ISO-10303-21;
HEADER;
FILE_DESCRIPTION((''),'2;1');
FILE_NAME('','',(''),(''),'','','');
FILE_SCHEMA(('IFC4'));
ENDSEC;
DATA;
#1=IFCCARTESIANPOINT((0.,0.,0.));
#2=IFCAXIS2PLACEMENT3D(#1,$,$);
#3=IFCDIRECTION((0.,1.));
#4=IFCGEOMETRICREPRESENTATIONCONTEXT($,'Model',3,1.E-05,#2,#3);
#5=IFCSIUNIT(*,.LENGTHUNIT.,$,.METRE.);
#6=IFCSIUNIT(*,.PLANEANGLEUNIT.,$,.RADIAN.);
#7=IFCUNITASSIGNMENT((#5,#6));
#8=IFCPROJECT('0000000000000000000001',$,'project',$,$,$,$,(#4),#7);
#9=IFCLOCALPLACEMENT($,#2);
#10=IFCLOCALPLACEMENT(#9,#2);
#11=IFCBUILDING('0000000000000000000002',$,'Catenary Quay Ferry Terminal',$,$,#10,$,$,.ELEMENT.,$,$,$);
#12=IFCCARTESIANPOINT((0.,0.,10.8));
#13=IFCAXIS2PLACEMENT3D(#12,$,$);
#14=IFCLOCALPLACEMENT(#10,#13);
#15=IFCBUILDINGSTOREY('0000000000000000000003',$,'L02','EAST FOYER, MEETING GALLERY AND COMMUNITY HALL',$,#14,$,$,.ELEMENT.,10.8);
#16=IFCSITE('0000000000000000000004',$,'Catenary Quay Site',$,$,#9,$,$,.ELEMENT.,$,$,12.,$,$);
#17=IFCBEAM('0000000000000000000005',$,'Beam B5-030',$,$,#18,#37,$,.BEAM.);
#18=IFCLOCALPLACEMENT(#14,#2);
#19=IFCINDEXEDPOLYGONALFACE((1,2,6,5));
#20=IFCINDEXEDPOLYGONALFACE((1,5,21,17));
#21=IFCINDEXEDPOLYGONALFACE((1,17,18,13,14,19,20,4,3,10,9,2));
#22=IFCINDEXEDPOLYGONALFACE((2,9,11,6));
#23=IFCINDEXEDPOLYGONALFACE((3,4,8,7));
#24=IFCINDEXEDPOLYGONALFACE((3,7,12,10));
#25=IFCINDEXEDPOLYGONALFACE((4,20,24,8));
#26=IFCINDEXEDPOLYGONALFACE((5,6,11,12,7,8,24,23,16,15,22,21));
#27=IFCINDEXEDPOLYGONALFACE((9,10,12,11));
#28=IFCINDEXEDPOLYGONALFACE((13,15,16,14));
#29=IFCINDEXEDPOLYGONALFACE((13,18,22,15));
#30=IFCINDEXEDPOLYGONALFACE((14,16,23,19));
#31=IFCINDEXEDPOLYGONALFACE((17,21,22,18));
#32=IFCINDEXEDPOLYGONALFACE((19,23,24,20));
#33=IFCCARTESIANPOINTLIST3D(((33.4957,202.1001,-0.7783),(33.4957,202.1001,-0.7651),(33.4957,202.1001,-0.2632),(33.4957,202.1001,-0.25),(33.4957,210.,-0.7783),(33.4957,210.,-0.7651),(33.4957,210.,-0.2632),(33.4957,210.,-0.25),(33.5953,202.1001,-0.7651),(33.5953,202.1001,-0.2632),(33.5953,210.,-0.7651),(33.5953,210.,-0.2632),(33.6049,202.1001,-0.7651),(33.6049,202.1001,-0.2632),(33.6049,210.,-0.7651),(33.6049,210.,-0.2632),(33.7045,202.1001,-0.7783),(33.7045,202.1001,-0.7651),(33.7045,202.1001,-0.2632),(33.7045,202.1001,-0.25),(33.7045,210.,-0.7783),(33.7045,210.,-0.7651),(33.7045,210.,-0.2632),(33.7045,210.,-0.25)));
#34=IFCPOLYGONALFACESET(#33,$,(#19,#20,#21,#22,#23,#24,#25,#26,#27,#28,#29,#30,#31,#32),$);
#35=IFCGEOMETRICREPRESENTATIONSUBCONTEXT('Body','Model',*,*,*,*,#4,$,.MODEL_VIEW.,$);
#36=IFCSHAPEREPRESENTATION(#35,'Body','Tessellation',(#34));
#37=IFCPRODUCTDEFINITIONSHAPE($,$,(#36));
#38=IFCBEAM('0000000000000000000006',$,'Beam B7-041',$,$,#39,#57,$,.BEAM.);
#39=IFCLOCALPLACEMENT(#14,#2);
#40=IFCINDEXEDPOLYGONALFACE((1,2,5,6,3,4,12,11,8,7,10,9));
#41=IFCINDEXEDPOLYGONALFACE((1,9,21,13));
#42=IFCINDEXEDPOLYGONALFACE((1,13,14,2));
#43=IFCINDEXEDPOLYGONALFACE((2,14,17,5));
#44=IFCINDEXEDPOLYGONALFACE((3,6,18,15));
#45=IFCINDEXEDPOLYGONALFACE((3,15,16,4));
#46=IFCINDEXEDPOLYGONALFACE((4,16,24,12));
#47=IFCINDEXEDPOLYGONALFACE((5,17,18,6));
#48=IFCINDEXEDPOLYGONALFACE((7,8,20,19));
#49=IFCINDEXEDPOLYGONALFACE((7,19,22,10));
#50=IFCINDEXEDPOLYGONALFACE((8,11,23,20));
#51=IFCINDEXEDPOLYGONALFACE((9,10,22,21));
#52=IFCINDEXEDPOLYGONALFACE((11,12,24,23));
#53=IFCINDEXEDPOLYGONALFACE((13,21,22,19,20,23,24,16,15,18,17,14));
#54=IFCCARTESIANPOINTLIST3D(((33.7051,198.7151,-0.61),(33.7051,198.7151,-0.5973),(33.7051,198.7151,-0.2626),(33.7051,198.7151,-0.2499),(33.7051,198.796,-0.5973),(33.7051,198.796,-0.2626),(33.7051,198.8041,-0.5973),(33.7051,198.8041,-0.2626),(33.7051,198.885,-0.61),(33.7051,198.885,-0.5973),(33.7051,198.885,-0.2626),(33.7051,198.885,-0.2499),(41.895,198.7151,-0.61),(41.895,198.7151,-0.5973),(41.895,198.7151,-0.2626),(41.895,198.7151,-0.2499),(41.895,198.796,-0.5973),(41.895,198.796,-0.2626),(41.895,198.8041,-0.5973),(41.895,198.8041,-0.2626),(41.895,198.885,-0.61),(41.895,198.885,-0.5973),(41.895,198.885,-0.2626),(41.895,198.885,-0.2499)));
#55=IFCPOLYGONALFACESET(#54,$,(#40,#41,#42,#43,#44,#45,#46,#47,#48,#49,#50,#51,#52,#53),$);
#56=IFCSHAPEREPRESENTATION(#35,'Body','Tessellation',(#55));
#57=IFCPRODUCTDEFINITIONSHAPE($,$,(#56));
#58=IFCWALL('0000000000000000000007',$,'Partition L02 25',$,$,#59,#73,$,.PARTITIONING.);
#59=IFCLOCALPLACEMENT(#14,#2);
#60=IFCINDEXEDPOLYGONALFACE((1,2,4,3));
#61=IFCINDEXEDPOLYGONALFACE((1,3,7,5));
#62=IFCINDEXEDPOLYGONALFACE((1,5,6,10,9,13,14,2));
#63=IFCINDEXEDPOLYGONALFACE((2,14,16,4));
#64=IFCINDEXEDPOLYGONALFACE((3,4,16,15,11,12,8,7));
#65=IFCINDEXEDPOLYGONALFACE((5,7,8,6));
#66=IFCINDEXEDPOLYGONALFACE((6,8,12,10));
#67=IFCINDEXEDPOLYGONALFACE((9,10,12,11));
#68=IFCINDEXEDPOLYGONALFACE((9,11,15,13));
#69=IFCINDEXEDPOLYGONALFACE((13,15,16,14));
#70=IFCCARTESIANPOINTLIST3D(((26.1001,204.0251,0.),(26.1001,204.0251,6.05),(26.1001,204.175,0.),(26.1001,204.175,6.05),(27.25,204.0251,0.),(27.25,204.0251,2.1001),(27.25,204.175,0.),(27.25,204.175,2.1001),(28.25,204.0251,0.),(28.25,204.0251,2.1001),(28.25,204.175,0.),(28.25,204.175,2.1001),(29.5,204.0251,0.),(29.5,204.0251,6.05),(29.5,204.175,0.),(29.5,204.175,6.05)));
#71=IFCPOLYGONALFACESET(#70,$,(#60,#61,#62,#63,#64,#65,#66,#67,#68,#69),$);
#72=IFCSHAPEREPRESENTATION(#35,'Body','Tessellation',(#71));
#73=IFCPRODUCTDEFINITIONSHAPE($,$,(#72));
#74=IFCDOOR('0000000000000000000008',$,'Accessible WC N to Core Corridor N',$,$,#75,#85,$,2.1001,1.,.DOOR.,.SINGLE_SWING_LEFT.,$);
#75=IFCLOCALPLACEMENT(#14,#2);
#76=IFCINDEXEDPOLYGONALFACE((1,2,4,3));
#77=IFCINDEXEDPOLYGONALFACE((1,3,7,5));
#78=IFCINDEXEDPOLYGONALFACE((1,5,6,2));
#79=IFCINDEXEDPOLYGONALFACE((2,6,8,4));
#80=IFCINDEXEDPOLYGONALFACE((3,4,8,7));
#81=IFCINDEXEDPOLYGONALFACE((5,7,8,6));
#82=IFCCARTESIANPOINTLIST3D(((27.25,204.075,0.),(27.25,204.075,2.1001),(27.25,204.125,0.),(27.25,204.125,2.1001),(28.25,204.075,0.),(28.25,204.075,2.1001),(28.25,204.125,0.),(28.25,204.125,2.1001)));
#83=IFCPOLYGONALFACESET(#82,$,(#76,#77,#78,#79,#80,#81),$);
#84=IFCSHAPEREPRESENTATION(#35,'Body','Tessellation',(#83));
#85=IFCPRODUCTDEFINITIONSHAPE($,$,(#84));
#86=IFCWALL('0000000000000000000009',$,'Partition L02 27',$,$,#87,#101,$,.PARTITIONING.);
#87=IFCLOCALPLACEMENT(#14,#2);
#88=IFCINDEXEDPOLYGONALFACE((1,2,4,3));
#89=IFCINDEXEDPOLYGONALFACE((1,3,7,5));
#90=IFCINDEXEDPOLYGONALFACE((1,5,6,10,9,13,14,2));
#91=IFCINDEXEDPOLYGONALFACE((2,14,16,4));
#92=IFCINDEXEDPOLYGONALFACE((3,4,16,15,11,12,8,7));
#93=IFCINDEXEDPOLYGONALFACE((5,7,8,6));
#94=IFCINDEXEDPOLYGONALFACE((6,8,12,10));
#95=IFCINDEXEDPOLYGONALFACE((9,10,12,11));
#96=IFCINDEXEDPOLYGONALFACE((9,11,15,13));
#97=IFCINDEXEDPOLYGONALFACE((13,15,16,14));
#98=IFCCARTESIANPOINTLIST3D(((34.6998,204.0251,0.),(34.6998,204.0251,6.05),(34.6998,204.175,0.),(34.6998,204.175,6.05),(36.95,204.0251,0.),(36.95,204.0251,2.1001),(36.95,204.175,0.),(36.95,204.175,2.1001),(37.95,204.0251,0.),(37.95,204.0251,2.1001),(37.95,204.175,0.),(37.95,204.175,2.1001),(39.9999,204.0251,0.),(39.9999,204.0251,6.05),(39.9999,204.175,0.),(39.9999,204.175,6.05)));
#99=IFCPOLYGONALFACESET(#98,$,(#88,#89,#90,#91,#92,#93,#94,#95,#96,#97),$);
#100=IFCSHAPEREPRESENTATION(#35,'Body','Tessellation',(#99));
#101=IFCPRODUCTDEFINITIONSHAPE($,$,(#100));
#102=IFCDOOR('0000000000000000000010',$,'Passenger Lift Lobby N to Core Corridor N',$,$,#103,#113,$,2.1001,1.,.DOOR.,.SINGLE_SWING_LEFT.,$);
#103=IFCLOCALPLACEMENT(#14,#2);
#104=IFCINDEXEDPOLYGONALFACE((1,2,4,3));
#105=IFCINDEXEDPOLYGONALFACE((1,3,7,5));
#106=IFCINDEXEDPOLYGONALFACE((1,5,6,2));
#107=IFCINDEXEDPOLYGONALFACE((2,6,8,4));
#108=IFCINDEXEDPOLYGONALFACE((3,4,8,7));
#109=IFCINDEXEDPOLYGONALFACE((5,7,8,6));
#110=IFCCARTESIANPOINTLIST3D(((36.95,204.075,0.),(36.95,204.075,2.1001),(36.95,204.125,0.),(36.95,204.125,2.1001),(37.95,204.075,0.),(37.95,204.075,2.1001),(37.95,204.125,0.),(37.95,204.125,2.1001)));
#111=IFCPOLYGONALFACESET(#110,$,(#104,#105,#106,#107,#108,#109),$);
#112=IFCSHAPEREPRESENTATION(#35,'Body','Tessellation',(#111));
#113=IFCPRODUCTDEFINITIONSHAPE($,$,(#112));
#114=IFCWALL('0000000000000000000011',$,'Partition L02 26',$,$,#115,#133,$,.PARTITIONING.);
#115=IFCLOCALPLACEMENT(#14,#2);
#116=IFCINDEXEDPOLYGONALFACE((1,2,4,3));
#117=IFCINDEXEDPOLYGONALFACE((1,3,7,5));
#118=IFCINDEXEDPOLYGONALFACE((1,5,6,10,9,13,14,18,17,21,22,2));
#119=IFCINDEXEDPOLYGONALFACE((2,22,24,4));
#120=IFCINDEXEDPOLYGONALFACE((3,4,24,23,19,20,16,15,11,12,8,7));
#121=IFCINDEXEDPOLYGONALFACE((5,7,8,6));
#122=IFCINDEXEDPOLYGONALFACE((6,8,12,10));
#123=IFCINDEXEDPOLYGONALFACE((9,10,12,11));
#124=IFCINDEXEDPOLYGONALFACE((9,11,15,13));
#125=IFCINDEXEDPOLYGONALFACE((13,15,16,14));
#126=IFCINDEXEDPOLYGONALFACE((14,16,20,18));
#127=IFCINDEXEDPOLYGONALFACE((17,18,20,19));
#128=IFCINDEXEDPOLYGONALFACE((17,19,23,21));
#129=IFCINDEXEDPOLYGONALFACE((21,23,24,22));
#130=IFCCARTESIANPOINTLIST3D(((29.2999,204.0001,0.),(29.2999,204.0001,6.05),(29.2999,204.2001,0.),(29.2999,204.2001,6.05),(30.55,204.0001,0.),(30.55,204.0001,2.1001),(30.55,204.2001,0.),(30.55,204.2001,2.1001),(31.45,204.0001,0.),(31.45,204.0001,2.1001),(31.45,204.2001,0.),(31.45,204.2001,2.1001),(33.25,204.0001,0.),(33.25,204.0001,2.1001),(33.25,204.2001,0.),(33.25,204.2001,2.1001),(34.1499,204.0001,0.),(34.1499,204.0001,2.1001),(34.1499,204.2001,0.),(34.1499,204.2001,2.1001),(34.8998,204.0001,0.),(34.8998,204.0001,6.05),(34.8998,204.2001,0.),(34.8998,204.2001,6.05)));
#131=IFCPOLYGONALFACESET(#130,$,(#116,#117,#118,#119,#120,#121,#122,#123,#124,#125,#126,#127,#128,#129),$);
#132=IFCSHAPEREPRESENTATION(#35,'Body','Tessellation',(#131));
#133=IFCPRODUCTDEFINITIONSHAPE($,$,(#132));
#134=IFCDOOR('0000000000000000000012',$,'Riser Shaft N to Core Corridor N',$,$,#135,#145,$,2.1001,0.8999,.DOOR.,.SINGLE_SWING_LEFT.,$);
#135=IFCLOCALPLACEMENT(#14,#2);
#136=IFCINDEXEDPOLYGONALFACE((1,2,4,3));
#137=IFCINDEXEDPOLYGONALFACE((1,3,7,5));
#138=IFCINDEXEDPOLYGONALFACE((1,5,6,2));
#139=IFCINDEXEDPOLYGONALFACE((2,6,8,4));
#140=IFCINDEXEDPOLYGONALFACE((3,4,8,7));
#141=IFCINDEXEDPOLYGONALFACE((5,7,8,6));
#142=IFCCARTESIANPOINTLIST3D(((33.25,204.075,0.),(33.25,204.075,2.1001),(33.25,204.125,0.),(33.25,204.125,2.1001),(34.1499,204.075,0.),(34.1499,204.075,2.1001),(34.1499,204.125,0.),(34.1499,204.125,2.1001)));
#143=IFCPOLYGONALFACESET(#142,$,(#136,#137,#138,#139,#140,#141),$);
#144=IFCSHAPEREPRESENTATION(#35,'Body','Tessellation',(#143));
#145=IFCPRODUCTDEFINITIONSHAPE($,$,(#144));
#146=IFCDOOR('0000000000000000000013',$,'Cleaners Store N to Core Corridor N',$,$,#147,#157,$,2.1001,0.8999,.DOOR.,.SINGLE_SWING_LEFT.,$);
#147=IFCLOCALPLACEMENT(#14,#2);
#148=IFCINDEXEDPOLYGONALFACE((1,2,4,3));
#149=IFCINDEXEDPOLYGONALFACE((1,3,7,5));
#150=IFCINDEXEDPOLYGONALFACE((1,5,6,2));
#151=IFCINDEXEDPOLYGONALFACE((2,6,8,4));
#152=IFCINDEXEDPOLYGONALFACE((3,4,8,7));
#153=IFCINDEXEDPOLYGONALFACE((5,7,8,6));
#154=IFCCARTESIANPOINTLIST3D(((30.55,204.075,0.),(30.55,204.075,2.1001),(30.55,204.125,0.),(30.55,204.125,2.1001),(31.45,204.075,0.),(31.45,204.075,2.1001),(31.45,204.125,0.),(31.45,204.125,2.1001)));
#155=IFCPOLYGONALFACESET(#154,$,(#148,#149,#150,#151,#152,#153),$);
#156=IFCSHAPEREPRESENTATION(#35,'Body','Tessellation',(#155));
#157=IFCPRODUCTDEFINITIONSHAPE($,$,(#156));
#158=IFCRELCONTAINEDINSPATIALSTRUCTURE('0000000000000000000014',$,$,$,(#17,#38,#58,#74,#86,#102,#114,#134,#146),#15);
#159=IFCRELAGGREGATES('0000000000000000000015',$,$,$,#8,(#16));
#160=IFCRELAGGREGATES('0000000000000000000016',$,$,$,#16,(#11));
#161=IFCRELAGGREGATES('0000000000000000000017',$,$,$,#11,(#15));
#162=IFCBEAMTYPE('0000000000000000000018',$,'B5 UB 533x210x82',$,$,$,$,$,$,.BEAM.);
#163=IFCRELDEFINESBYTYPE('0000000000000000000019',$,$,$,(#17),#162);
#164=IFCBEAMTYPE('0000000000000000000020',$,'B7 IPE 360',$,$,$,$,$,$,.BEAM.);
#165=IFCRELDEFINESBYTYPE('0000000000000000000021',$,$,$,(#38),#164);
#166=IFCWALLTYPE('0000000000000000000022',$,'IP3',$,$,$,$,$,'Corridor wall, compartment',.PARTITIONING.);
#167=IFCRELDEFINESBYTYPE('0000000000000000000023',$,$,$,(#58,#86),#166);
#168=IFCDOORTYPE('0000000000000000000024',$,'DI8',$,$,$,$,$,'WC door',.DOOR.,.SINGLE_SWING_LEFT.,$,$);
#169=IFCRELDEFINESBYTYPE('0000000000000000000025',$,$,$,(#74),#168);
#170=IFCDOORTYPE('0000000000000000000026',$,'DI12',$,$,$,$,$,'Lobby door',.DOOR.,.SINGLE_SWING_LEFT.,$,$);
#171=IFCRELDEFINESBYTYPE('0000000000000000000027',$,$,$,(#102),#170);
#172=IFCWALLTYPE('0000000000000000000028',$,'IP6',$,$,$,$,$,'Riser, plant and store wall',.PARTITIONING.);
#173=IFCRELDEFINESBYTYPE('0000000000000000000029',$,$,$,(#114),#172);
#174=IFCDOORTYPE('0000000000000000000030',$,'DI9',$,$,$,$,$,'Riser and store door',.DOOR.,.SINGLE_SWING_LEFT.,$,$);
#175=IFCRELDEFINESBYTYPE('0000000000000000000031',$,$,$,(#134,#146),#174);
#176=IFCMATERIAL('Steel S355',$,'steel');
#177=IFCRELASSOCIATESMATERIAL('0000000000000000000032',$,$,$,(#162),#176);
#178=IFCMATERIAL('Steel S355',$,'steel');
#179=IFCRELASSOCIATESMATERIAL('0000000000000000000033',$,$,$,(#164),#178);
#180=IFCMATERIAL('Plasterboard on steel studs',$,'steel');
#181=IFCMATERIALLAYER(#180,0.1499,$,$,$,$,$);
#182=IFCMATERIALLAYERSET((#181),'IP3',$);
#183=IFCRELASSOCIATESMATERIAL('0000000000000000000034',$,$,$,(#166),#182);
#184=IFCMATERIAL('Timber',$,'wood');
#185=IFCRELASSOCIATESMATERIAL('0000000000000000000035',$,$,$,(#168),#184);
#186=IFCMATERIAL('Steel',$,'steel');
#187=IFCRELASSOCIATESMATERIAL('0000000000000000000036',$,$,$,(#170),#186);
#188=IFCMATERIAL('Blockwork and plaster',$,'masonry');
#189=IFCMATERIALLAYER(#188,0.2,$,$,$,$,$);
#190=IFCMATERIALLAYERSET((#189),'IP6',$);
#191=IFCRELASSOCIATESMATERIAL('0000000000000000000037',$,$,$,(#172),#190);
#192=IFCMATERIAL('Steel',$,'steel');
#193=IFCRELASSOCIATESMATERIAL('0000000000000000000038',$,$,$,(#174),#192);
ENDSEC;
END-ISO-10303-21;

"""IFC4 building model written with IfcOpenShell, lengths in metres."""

from ifc_helpers import new_model, si_unit, direction, frame, frame_2d, origin, origin_2d, place, context, subcontext, project, spatial, rectangle, i_section, extrude, material, layer, layer_set, material_profile, profile_set, type_object, element, fill, save


model = new_model("IFC4")

# Units and contexts
model_context = context("Model", 3, precision=1e-05, world=origin(), true_north=direction((0.0, 1.0)))
body_context = subcontext(model_context, "Body", "Model", "MODEL_VIEW")
ifc_project = project(units=[si_unit("LENGTHUNIT", "METRE"), si_unit("PLANEANGLEUNIT", "RADIAN")], contexts=[model_context])

# Site, building, storey
site_placement = place(None, origin())
site = spatial("IfcSite", under=ifc_project, at=site_placement, Name="Catenary Quay Site", CompositionType="ELEMENT", RefElevation=12.0)
building_placement = place(site_placement, origin())
building = spatial("IfcBuilding", under=site, at=building_placement, Name="Catenary Quay Ferry Terminal", CompositionType="ELEMENT")
storey_placement = place(building_placement, frame((0.0, 0.0, 10.8)))
storey = spatial("IfcBuildingStorey", under=building, at=storey_placement, Name="L02", Description="EAST FOYER, MEETING GALLERY AND COMMUNITY HALL", CompositionType="ELEMENT", Elevation=10.8)

# Beams
ifc_material_1 = material(Name="Steel S355", Category="steel")
ifc_material_profile_1 = material_profile(ifc_material_1, i_section(OverallWidth=0.2087, OverallDepth=0.5283, WebThickness=0.0095, FlangeThickness=0.0132, at=origin_2d()), Name="UB 533x210x82")
ifc_profile_set_1 = profile_set([ifc_material_profile_1], Name="Steel S355")
beam_type_1 = type_object("IfcBeamType", Name="B5 UB 533x210x82", PredefinedType="BEAM", material=ifc_profile_set_1)
beam_1_placement = place(storey_placement, frame((33.6001, 202.1001, -0.5142), z_axis=(0.0, 1.0, 0.0), x_axis=(-1.0, 0.0, 0.0)))
element("IfcBeam", 1, at=beam_1_placement, inside=storey, type_object=beam_type_1, Name="Beam B5-030", PredefinedType="BEAM", context=body_context, shape_type="SweptSolid", body=[
    extrude(i_section(OverallWidth=0.2087, OverallDepth=0.5283, WebThickness=0.0095, FlangeThickness=0.0132, at=origin_2d()), origin(), (0.0, 0.0, 1.0), 7.8999),
])
ifc_material_2 = material(Name="Steel S355", Category="steel")
ifc_material_profile_2 = material_profile(ifc_material_2, i_section(OverallWidth=0.1699, OverallDepth=0.3601, WebThickness=0.0081, FlangeThickness=0.0127, at=origin_2d()), Name="IPE 360")
ifc_profile_set_2 = profile_set([ifc_material_profile_2], Name="Steel S355")
beam_type_2 = type_object("IfcBeamType", Name="B7 IPE 360", PredefinedType="BEAM", material=ifc_profile_set_2)
beam_2_placement = place(storey_placement, frame((33.7051, 198.8, -0.4299), z_axis=(1.0, 0.0, 0.0), x_axis=(0.0, 1.0, 0.0)))
element("IfcBeam", 2, at=beam_2_placement, inside=storey, type_object=beam_type_2, Name="Beam B7-041", PredefinedType="BEAM", context=body_context, shape_type="SweptSolid", body=[
    extrude(i_section(OverallWidth=0.1699, OverallDepth=0.3601, WebThickness=0.0081, FlangeThickness=0.0127, at=origin_2d()), origin(), (0.0, 0.0, 1.0), 8.1899),
])

# Walls, openings, doors
ifc_material_3 = material(Name="Plasterboard on steel studs", Category="steel")
ifc_layer_1 = layer(ifc_material_3, 0.1499)
ifc_layer_set_1 = layer_set([ifc_layer_1], Name="IP3")
wall_type_1 = type_object("IfcWallType", Name="IP3", ElementType="Corridor wall, compartment", PredefinedType="PARTITIONING", material=ifc_layer_set_1)
wall_1_placement = place(storey_placement, frame((26.1001, 204.1001, 0.0), z_axis=(0.0, 0.0, 1.0), x_axis=(1.0, 0.0, 0.0)))
wall_1 = element("IfcWall", 3, at=wall_1_placement, inside=storey, type_object=wall_type_1, Name="Partition L02 25", PredefinedType="PARTITIONING", context=body_context, shape_type="SweptSolid", body=[
    extrude(rectangle(XDim=3.3999, YDim=0.1499, at=frame_2d((1.7, 0.0))), origin(), (0.0, 0.0, 1.0), 6.05),
])
opening_1_placement = place(wall_1_placement, frame((1.1499, 0.0, 0.0)))
opening_1 = element("IfcOpeningElement", 4, at=opening_1_placement, cuts=wall_1, PredefinedType="OPENING", context=body_context, shape_type="SweptSolid", body=[
    extrude(rectangle(XDim=1.0, YDim=2.1001, at=frame_2d((0.5, 1.05))), frame((0.0, 0.085, 0.0), z_axis=(0.0, -1.0, 0.0), x_axis=(1.0, 0.0, 0.0)), (0.0, 0.0, 1.0), 0.1699),
])
ifc_material_4 = material(Name="Timber", Category="wood")
door_type_1 = type_object("IfcDoorType", Name="DI8", ElementType="WC door", OperationType="SINGLE_SWING_LEFT", PredefinedType="DOOR", material=ifc_material_4)
door_1_placement = place(opening_1_placement, origin())
door_1 = element("IfcDoor", 5, at=door_1_placement, inside=storey, type_object=door_type_1, Name="Accessible WC N to Core Corridor N", OperationType="SINGLE_SWING_LEFT", OverallHeight=2.1001, OverallWidth=1.0, PredefinedType="DOOR", context=body_context, shape_type="SweptSolid", body=[
    extrude(rectangle(XDim=1.0, YDim=2.1001, at=frame_2d((0.5, 1.05))), frame((0.0, 0.0249, 0.0), z_axis=(0.0, -1.0, 0.0), x_axis=(1.0, 0.0, 0.0)), (0.0, 0.0, 1.0), 0.05),
])
fill(opening_1, door_1)
wall_2_placement = place(storey_placement, frame((34.7, 204.1001, 0.0), z_axis=(0.0, 0.0, 1.0), x_axis=(1.0, 0.0, 0.0)))
wall_2 = element("IfcWall", 6, at=wall_2_placement, inside=storey, type_object=wall_type_1, Name="Partition L02 27", PredefinedType="PARTITIONING", context=body_context, shape_type="SweptSolid", body=[
    extrude(rectangle(XDim=5.3, YDim=0.1499, at=frame_2d((2.6499, 0.0))), origin(), (0.0, 0.0, 1.0), 6.05),
])
opening_2_placement = place(wall_2_placement, frame((2.25, 0.0, 0.0)))
opening_2 = element("IfcOpeningElement", 7, at=opening_2_placement, cuts=wall_2, PredefinedType="OPENING", context=body_context, shape_type="SweptSolid", body=[
    extrude(rectangle(XDim=1.0, YDim=2.1001, at=frame_2d((0.5, 1.05))), frame((0.0, 0.085, 0.0), z_axis=(0.0, -1.0, 0.0), x_axis=(1.0, 0.0, 0.0)), (0.0, 0.0, 1.0), 0.1699),
])
ifc_material_5 = material(Name="Steel", Category="steel")
door_type_2 = type_object("IfcDoorType", Name="DI12", ElementType="Lobby door", OperationType="SINGLE_SWING_LEFT", PredefinedType="DOOR", material=ifc_material_5)
door_2_placement = place(opening_2_placement, origin())
door_2 = element("IfcDoor", 8, at=door_2_placement, inside=storey, type_object=door_type_2, Name="Passenger Lift Lobby N to Core Corridor N", OperationType="SINGLE_SWING_LEFT", OverallHeight=2.1001, OverallWidth=1.0, PredefinedType="DOOR", context=body_context, shape_type="SweptSolid", body=[
    extrude(rectangle(XDim=1.0, YDim=2.1001, at=frame_2d((0.5, 1.05))), frame((0.0, 0.0249, 0.0), z_axis=(0.0, -1.0, 0.0), x_axis=(1.0, 0.0, 0.0)), (0.0, 0.0, 1.0), 0.05),
])
fill(opening_2, door_2)

# Wall, openings, doors
ifc_material_6 = material(Name="Blockwork and plaster", Category="masonry")
ifc_layer_2 = layer(ifc_material_6, 0.2)
ifc_layer_set_2 = layer_set([ifc_layer_2], Name="IP6")
wall_type_2 = type_object("IfcWallType", Name="IP6", ElementType="Riser, plant and store wall", PredefinedType="PARTITIONING", material=ifc_layer_set_2)
wall_3_placement = place(storey_placement, frame((29.3, 204.1001, 0.0), z_axis=(0.0, 0.0, 1.0), x_axis=(1.0, 0.0, 0.0)))
wall_3 = element("IfcWall", 9, at=wall_3_placement, inside=storey, type_object=wall_type_2, Name="Partition L02 26", PredefinedType="PARTITIONING", context=body_context, shape_type="SweptSolid", body=[
    extrude(rectangle(XDim=5.5999, YDim=0.2, at=frame_2d((2.7998, 0.0))), origin(), (0.0, 0.0, 1.0), 6.05),
])
opening_3_placement = place(wall_3_placement, frame((3.95, 0.0, 0.0)))
opening_3 = element("IfcOpeningElement", 10, at=opening_3_placement, cuts=wall_3, PredefinedType="OPENING", context=body_context, shape_type="SweptSolid", body=[
    extrude(rectangle(XDim=0.8999, YDim=2.1001, at=frame_2d((0.45, 1.05))), frame((0.0, 0.1099, 0.0), z_axis=(0.0, -1.0, 0.0), x_axis=(1.0, 0.0, 0.0)), (0.0, 0.0, 1.0), 0.22),
])
opening_4_placement = place(wall_3_placement, frame((1.25, 0.0, 0.0)))
opening_4 = element("IfcOpeningElement", 11, at=opening_4_placement, cuts=wall_3, PredefinedType="OPENING", context=body_context, shape_type="SweptSolid", body=[
    extrude(rectangle(XDim=0.8999, YDim=2.1001, at=frame_2d((0.45, 1.05))), frame((0.0, 0.1099, 0.0), z_axis=(0.0, -1.0, 0.0), x_axis=(1.0, 0.0, 0.0)), (0.0, 0.0, 1.0), 0.22),
])
ifc_material_7 = material(Name="Steel", Category="steel")
door_type_3 = type_object("IfcDoorType", Name="DI9", ElementType="Riser and store door", OperationType="SINGLE_SWING_LEFT", PredefinedType="DOOR", material=ifc_material_7)
door_3_placement = place(opening_3_placement, origin())
door_3 = element("IfcDoor", 12, at=door_3_placement, inside=storey, type_object=door_type_3, Name="Riser Shaft N to Core Corridor N", OperationType="SINGLE_SWING_LEFT", OverallHeight=2.1001, OverallWidth=0.8999, PredefinedType="DOOR", context=body_context, shape_type="SweptSolid", body=[
    extrude(rectangle(XDim=0.8999, YDim=2.1001, at=frame_2d((0.45, 1.05))), frame((0.0, 0.0249, 0.0), z_axis=(0.0, -1.0, 0.0), x_axis=(1.0, 0.0, 0.0)), (0.0, 0.0, 1.0), 0.05),
])
fill(opening_3, door_3)
door_4_placement = place(opening_4_placement, origin())
door_4 = element("IfcDoor", 13, at=door_4_placement, inside=storey, type_object=door_type_3, Name="Cleaners Store N to Core Corridor N", OperationType="SINGLE_SWING_LEFT", OverallHeight=2.1001, OverallWidth=0.8999, PredefinedType="DOOR", context=body_context, shape_type="SweptSolid", body=[
    extrude(rectangle(XDim=0.8999, YDim=2.1001, at=frame_2d((0.45, 1.05))), frame((0.0, 0.0249, 0.0), z_axis=(0.0, -1.0, 0.0), x_axis=(1.0, 0.0, 0.0)), (0.0, 0.0, 1.0), 0.05),
])
fill(opening_4, door_4)

save(model, "model.ifc")
